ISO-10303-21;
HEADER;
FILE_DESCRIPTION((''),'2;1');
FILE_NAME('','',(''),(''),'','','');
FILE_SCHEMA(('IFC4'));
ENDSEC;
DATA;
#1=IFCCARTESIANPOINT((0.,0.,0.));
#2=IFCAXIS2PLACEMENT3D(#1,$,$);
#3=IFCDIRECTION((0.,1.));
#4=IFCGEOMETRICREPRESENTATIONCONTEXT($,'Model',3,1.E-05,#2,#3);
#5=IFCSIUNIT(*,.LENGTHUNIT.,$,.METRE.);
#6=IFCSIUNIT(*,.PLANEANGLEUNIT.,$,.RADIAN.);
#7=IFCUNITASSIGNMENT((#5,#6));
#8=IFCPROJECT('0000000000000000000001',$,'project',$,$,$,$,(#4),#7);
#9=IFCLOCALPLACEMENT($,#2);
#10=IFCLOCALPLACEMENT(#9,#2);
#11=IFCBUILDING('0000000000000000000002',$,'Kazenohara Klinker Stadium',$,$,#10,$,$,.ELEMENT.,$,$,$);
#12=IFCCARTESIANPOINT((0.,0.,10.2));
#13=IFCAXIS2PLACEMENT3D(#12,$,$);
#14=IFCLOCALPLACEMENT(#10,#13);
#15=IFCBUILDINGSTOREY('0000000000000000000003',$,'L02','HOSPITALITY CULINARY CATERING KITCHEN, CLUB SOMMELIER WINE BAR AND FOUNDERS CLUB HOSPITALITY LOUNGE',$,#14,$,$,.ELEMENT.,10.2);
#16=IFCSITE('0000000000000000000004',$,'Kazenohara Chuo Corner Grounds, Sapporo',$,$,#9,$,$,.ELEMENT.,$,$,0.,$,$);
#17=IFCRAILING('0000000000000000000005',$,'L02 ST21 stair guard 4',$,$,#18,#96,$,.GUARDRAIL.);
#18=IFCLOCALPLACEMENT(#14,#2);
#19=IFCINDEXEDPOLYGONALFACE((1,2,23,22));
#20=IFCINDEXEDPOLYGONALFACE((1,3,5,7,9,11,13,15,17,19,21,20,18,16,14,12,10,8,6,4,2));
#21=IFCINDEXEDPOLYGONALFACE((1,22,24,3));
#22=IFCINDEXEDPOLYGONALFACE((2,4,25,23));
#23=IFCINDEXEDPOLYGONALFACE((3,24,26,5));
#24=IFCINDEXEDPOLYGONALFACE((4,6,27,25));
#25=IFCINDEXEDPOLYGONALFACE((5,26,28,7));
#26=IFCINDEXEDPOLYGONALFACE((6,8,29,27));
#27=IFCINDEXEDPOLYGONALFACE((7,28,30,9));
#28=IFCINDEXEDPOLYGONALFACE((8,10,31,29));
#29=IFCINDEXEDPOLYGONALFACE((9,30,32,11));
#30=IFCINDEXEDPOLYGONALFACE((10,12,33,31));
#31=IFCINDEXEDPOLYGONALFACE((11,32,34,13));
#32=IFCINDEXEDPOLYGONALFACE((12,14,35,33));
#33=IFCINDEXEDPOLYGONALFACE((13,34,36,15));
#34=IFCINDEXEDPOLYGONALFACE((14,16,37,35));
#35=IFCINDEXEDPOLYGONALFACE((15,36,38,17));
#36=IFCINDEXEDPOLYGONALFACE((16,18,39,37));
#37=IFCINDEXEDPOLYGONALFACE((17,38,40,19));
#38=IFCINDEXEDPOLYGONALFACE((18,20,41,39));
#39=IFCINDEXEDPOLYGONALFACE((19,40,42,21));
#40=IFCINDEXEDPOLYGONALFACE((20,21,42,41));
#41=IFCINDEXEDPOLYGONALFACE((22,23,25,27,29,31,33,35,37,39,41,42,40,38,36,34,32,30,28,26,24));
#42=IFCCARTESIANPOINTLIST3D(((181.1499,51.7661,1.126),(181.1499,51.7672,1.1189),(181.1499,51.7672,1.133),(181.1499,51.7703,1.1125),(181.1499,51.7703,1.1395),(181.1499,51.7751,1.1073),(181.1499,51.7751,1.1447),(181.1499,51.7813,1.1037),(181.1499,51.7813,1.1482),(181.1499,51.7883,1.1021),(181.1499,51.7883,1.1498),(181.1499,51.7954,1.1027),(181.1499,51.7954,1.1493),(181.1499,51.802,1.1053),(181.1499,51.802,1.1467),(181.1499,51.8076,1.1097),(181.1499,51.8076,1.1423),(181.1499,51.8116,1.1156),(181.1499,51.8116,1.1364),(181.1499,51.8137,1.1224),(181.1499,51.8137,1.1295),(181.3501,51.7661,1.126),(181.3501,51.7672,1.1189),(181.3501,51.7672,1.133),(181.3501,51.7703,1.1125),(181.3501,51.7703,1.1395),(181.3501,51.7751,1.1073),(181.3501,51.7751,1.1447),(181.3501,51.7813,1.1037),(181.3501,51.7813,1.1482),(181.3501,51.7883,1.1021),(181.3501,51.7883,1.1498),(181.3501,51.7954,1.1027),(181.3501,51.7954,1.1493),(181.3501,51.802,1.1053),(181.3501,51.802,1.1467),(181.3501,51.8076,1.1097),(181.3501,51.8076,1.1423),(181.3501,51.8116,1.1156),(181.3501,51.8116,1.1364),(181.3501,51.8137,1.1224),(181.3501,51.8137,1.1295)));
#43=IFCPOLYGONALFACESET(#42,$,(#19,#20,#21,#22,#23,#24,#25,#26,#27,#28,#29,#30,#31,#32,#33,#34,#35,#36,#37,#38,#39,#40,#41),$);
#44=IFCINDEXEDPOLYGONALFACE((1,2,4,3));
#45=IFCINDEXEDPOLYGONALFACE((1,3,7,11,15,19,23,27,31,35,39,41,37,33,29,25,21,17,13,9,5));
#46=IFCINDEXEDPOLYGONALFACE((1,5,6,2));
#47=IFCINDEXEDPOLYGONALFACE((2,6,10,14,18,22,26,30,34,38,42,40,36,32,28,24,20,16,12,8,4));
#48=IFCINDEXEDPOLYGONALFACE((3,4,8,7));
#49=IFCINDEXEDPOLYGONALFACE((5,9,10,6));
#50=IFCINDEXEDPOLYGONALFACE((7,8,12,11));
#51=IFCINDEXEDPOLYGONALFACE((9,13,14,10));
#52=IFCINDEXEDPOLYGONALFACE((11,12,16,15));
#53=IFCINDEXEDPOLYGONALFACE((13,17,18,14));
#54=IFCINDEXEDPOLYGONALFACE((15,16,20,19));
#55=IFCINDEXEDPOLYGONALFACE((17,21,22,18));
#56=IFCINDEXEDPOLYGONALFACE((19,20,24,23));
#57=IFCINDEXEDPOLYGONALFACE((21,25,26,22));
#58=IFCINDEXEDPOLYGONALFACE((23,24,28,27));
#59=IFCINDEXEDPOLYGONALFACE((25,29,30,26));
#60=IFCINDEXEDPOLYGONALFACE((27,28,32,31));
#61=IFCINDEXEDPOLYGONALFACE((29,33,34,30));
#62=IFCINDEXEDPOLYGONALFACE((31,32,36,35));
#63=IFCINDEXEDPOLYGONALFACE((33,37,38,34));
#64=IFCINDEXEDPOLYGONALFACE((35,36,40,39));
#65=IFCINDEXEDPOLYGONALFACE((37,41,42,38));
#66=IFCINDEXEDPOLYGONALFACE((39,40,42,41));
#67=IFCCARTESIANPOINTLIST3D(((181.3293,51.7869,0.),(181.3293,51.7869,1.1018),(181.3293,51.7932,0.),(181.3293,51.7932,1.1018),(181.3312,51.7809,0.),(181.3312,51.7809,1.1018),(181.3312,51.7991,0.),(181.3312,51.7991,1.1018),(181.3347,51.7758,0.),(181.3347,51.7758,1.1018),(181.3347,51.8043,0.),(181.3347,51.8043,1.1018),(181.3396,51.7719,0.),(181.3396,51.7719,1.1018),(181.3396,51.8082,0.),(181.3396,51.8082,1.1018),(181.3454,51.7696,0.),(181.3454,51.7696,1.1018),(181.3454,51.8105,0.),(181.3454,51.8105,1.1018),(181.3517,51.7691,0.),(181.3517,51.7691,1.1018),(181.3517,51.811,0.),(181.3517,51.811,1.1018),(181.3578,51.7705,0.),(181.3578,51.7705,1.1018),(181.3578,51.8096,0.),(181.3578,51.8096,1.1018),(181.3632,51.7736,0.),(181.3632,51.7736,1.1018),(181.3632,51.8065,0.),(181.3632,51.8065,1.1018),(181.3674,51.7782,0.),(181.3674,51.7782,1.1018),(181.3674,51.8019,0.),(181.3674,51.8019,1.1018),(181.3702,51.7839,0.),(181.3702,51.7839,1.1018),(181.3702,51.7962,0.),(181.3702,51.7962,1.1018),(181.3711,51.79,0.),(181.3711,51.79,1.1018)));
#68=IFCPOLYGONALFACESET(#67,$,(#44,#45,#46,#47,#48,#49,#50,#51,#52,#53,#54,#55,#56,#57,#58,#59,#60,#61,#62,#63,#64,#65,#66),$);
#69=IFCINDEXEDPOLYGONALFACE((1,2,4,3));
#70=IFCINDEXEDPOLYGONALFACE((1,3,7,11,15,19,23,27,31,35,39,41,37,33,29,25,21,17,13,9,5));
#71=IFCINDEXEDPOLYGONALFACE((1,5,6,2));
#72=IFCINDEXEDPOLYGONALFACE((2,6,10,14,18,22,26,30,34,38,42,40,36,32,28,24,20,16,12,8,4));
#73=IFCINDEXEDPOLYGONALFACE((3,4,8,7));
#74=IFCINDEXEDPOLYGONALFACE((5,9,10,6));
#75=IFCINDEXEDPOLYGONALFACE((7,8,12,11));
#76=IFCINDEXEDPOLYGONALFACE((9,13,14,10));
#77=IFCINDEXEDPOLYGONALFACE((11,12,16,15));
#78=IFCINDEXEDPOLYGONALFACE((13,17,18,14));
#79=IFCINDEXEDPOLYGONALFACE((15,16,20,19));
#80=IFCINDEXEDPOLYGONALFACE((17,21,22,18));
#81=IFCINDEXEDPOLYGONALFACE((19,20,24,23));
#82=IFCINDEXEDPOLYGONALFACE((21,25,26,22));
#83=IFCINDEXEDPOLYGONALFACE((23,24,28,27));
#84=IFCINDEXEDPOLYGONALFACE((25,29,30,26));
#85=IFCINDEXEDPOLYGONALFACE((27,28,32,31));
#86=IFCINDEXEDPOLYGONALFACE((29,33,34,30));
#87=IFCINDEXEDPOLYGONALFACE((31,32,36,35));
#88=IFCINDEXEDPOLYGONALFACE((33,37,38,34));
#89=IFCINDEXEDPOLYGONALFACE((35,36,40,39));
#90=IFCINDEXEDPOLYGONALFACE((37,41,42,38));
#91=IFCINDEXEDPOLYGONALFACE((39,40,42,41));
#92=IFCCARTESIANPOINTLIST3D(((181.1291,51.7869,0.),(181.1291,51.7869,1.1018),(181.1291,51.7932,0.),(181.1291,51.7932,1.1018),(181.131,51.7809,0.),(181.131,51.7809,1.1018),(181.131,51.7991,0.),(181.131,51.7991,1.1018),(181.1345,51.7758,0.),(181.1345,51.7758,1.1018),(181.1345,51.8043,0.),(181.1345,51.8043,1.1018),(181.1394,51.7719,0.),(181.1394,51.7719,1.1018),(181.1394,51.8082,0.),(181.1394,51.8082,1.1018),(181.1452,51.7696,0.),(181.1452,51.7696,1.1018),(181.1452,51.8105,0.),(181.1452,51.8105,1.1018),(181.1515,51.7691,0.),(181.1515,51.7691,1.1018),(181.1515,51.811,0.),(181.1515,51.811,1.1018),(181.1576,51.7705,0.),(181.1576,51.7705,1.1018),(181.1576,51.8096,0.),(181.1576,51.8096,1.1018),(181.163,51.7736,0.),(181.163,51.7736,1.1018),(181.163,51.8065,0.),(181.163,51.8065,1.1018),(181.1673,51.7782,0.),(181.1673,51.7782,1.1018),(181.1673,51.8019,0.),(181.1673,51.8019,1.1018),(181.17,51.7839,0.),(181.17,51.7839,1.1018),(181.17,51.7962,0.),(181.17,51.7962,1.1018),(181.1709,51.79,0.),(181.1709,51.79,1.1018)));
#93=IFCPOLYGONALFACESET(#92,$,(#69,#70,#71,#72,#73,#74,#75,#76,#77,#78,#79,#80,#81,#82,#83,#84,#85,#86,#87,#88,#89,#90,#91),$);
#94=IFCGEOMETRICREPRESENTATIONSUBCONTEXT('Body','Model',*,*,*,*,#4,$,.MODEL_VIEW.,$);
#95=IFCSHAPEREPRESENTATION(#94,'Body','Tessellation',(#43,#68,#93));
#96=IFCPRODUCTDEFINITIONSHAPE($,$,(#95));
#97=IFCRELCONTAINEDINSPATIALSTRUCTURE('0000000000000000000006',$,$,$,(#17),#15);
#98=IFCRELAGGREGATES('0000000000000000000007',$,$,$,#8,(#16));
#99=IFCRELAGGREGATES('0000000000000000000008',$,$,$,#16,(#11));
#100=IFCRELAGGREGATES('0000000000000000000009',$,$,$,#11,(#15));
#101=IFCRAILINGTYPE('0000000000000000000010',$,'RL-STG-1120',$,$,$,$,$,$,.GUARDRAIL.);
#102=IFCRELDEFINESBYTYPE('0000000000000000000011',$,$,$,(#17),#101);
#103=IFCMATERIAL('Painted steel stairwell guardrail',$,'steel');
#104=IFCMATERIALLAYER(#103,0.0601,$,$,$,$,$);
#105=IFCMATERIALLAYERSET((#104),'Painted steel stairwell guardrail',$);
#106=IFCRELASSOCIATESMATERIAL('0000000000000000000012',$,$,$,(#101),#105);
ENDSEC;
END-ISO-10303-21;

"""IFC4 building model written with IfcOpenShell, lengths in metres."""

from ifc_helpers import new_model, si_unit, direction, frame, origin, origin_2d, place, context, subcontext, project, spatial, circle, extrude, material, layer, layer_set, type_object, element, save


model = new_model("IFC4")

# Units and contexts
model_context = context("Model", 3, precision=1e-05, world=origin(), true_north=direction((0.0, 1.0)))
body_context = subcontext(model_context, "Body", "Model", "MODEL_VIEW")
ifc_project = project(units=[si_unit("LENGTHUNIT", "METRE"), si_unit("PLANEANGLEUNIT", "RADIAN")], contexts=[model_context])

# Site, building, storey
site_placement = place(None, origin())
site = spatial("IfcSite", under=ifc_project, at=site_placement, Name="Kazenohara Chuo Corner Grounds, Sapporo", CompositionType="ELEMENT", RefElevation=0.0)
building_placement = place(site_placement, origin())
building = spatial("IfcBuilding", under=site, at=building_placement, Name="Kazenohara Klinker Stadium", CompositionType="ELEMENT")
storey_placement = place(building_placement, frame((0.0, 0.0, 10.2)))
storey = spatial("IfcBuildingStorey", under=building, at=storey_placement, Name="L02", Description="HOSPITALITY CULINARY CATERING KITCHEN, CLUB SOMMELIER WINE BAR AND FOUNDERS CLUB HOSPITALITY LOUNGE", CompositionType="ELEMENT", Elevation=10.2)

# Railing
ifc_material_1 = material(Name="Painted steel stairwell guardrail", Category="steel")
ifc_layer_1 = layer(ifc_material_1, 0.0601)
ifc_layer_set_1 = layer_set([ifc_layer_1], Name="Painted steel stairwell guardrail")
railing_type_1 = type_object("IfcRailingType", Name="RL-STG-1120", PredefinedType="GUARDRAIL", material=ifc_layer_set_1)
railing_1_placement = place(storey_placement, frame((181.3501, 51.79, 0.0)))
element("IfcRailing", 1, at=railing_1_placement, inside=storey, type_object=railing_type_1, Name="L02 ST21 stair guard 4", PredefinedType="GUARDRAIL", context=body_context, shape_type="SweptSolid", body=[
    extrude(circle(Radius=0.0239, at=origin_2d()), frame((0.0, 0.0, 1.126), z_axis=(-1.0, 0.0, 0.0), x_axis=(0.0, -1.0, 0.0)), (0.0, 0.0, 1.0), 0.2002),
    extrude(circle(Radius=0.021, at=origin_2d()), origin(), (0.0, 0.0, 1.0), 1.1018),
    extrude(circle(Radius=0.021, at=origin_2d()), frame((-0.2002, 0.0, 0.0)), (0.0, 0.0, 1.0), 1.1018),
])

save(model, "model.ifc")
